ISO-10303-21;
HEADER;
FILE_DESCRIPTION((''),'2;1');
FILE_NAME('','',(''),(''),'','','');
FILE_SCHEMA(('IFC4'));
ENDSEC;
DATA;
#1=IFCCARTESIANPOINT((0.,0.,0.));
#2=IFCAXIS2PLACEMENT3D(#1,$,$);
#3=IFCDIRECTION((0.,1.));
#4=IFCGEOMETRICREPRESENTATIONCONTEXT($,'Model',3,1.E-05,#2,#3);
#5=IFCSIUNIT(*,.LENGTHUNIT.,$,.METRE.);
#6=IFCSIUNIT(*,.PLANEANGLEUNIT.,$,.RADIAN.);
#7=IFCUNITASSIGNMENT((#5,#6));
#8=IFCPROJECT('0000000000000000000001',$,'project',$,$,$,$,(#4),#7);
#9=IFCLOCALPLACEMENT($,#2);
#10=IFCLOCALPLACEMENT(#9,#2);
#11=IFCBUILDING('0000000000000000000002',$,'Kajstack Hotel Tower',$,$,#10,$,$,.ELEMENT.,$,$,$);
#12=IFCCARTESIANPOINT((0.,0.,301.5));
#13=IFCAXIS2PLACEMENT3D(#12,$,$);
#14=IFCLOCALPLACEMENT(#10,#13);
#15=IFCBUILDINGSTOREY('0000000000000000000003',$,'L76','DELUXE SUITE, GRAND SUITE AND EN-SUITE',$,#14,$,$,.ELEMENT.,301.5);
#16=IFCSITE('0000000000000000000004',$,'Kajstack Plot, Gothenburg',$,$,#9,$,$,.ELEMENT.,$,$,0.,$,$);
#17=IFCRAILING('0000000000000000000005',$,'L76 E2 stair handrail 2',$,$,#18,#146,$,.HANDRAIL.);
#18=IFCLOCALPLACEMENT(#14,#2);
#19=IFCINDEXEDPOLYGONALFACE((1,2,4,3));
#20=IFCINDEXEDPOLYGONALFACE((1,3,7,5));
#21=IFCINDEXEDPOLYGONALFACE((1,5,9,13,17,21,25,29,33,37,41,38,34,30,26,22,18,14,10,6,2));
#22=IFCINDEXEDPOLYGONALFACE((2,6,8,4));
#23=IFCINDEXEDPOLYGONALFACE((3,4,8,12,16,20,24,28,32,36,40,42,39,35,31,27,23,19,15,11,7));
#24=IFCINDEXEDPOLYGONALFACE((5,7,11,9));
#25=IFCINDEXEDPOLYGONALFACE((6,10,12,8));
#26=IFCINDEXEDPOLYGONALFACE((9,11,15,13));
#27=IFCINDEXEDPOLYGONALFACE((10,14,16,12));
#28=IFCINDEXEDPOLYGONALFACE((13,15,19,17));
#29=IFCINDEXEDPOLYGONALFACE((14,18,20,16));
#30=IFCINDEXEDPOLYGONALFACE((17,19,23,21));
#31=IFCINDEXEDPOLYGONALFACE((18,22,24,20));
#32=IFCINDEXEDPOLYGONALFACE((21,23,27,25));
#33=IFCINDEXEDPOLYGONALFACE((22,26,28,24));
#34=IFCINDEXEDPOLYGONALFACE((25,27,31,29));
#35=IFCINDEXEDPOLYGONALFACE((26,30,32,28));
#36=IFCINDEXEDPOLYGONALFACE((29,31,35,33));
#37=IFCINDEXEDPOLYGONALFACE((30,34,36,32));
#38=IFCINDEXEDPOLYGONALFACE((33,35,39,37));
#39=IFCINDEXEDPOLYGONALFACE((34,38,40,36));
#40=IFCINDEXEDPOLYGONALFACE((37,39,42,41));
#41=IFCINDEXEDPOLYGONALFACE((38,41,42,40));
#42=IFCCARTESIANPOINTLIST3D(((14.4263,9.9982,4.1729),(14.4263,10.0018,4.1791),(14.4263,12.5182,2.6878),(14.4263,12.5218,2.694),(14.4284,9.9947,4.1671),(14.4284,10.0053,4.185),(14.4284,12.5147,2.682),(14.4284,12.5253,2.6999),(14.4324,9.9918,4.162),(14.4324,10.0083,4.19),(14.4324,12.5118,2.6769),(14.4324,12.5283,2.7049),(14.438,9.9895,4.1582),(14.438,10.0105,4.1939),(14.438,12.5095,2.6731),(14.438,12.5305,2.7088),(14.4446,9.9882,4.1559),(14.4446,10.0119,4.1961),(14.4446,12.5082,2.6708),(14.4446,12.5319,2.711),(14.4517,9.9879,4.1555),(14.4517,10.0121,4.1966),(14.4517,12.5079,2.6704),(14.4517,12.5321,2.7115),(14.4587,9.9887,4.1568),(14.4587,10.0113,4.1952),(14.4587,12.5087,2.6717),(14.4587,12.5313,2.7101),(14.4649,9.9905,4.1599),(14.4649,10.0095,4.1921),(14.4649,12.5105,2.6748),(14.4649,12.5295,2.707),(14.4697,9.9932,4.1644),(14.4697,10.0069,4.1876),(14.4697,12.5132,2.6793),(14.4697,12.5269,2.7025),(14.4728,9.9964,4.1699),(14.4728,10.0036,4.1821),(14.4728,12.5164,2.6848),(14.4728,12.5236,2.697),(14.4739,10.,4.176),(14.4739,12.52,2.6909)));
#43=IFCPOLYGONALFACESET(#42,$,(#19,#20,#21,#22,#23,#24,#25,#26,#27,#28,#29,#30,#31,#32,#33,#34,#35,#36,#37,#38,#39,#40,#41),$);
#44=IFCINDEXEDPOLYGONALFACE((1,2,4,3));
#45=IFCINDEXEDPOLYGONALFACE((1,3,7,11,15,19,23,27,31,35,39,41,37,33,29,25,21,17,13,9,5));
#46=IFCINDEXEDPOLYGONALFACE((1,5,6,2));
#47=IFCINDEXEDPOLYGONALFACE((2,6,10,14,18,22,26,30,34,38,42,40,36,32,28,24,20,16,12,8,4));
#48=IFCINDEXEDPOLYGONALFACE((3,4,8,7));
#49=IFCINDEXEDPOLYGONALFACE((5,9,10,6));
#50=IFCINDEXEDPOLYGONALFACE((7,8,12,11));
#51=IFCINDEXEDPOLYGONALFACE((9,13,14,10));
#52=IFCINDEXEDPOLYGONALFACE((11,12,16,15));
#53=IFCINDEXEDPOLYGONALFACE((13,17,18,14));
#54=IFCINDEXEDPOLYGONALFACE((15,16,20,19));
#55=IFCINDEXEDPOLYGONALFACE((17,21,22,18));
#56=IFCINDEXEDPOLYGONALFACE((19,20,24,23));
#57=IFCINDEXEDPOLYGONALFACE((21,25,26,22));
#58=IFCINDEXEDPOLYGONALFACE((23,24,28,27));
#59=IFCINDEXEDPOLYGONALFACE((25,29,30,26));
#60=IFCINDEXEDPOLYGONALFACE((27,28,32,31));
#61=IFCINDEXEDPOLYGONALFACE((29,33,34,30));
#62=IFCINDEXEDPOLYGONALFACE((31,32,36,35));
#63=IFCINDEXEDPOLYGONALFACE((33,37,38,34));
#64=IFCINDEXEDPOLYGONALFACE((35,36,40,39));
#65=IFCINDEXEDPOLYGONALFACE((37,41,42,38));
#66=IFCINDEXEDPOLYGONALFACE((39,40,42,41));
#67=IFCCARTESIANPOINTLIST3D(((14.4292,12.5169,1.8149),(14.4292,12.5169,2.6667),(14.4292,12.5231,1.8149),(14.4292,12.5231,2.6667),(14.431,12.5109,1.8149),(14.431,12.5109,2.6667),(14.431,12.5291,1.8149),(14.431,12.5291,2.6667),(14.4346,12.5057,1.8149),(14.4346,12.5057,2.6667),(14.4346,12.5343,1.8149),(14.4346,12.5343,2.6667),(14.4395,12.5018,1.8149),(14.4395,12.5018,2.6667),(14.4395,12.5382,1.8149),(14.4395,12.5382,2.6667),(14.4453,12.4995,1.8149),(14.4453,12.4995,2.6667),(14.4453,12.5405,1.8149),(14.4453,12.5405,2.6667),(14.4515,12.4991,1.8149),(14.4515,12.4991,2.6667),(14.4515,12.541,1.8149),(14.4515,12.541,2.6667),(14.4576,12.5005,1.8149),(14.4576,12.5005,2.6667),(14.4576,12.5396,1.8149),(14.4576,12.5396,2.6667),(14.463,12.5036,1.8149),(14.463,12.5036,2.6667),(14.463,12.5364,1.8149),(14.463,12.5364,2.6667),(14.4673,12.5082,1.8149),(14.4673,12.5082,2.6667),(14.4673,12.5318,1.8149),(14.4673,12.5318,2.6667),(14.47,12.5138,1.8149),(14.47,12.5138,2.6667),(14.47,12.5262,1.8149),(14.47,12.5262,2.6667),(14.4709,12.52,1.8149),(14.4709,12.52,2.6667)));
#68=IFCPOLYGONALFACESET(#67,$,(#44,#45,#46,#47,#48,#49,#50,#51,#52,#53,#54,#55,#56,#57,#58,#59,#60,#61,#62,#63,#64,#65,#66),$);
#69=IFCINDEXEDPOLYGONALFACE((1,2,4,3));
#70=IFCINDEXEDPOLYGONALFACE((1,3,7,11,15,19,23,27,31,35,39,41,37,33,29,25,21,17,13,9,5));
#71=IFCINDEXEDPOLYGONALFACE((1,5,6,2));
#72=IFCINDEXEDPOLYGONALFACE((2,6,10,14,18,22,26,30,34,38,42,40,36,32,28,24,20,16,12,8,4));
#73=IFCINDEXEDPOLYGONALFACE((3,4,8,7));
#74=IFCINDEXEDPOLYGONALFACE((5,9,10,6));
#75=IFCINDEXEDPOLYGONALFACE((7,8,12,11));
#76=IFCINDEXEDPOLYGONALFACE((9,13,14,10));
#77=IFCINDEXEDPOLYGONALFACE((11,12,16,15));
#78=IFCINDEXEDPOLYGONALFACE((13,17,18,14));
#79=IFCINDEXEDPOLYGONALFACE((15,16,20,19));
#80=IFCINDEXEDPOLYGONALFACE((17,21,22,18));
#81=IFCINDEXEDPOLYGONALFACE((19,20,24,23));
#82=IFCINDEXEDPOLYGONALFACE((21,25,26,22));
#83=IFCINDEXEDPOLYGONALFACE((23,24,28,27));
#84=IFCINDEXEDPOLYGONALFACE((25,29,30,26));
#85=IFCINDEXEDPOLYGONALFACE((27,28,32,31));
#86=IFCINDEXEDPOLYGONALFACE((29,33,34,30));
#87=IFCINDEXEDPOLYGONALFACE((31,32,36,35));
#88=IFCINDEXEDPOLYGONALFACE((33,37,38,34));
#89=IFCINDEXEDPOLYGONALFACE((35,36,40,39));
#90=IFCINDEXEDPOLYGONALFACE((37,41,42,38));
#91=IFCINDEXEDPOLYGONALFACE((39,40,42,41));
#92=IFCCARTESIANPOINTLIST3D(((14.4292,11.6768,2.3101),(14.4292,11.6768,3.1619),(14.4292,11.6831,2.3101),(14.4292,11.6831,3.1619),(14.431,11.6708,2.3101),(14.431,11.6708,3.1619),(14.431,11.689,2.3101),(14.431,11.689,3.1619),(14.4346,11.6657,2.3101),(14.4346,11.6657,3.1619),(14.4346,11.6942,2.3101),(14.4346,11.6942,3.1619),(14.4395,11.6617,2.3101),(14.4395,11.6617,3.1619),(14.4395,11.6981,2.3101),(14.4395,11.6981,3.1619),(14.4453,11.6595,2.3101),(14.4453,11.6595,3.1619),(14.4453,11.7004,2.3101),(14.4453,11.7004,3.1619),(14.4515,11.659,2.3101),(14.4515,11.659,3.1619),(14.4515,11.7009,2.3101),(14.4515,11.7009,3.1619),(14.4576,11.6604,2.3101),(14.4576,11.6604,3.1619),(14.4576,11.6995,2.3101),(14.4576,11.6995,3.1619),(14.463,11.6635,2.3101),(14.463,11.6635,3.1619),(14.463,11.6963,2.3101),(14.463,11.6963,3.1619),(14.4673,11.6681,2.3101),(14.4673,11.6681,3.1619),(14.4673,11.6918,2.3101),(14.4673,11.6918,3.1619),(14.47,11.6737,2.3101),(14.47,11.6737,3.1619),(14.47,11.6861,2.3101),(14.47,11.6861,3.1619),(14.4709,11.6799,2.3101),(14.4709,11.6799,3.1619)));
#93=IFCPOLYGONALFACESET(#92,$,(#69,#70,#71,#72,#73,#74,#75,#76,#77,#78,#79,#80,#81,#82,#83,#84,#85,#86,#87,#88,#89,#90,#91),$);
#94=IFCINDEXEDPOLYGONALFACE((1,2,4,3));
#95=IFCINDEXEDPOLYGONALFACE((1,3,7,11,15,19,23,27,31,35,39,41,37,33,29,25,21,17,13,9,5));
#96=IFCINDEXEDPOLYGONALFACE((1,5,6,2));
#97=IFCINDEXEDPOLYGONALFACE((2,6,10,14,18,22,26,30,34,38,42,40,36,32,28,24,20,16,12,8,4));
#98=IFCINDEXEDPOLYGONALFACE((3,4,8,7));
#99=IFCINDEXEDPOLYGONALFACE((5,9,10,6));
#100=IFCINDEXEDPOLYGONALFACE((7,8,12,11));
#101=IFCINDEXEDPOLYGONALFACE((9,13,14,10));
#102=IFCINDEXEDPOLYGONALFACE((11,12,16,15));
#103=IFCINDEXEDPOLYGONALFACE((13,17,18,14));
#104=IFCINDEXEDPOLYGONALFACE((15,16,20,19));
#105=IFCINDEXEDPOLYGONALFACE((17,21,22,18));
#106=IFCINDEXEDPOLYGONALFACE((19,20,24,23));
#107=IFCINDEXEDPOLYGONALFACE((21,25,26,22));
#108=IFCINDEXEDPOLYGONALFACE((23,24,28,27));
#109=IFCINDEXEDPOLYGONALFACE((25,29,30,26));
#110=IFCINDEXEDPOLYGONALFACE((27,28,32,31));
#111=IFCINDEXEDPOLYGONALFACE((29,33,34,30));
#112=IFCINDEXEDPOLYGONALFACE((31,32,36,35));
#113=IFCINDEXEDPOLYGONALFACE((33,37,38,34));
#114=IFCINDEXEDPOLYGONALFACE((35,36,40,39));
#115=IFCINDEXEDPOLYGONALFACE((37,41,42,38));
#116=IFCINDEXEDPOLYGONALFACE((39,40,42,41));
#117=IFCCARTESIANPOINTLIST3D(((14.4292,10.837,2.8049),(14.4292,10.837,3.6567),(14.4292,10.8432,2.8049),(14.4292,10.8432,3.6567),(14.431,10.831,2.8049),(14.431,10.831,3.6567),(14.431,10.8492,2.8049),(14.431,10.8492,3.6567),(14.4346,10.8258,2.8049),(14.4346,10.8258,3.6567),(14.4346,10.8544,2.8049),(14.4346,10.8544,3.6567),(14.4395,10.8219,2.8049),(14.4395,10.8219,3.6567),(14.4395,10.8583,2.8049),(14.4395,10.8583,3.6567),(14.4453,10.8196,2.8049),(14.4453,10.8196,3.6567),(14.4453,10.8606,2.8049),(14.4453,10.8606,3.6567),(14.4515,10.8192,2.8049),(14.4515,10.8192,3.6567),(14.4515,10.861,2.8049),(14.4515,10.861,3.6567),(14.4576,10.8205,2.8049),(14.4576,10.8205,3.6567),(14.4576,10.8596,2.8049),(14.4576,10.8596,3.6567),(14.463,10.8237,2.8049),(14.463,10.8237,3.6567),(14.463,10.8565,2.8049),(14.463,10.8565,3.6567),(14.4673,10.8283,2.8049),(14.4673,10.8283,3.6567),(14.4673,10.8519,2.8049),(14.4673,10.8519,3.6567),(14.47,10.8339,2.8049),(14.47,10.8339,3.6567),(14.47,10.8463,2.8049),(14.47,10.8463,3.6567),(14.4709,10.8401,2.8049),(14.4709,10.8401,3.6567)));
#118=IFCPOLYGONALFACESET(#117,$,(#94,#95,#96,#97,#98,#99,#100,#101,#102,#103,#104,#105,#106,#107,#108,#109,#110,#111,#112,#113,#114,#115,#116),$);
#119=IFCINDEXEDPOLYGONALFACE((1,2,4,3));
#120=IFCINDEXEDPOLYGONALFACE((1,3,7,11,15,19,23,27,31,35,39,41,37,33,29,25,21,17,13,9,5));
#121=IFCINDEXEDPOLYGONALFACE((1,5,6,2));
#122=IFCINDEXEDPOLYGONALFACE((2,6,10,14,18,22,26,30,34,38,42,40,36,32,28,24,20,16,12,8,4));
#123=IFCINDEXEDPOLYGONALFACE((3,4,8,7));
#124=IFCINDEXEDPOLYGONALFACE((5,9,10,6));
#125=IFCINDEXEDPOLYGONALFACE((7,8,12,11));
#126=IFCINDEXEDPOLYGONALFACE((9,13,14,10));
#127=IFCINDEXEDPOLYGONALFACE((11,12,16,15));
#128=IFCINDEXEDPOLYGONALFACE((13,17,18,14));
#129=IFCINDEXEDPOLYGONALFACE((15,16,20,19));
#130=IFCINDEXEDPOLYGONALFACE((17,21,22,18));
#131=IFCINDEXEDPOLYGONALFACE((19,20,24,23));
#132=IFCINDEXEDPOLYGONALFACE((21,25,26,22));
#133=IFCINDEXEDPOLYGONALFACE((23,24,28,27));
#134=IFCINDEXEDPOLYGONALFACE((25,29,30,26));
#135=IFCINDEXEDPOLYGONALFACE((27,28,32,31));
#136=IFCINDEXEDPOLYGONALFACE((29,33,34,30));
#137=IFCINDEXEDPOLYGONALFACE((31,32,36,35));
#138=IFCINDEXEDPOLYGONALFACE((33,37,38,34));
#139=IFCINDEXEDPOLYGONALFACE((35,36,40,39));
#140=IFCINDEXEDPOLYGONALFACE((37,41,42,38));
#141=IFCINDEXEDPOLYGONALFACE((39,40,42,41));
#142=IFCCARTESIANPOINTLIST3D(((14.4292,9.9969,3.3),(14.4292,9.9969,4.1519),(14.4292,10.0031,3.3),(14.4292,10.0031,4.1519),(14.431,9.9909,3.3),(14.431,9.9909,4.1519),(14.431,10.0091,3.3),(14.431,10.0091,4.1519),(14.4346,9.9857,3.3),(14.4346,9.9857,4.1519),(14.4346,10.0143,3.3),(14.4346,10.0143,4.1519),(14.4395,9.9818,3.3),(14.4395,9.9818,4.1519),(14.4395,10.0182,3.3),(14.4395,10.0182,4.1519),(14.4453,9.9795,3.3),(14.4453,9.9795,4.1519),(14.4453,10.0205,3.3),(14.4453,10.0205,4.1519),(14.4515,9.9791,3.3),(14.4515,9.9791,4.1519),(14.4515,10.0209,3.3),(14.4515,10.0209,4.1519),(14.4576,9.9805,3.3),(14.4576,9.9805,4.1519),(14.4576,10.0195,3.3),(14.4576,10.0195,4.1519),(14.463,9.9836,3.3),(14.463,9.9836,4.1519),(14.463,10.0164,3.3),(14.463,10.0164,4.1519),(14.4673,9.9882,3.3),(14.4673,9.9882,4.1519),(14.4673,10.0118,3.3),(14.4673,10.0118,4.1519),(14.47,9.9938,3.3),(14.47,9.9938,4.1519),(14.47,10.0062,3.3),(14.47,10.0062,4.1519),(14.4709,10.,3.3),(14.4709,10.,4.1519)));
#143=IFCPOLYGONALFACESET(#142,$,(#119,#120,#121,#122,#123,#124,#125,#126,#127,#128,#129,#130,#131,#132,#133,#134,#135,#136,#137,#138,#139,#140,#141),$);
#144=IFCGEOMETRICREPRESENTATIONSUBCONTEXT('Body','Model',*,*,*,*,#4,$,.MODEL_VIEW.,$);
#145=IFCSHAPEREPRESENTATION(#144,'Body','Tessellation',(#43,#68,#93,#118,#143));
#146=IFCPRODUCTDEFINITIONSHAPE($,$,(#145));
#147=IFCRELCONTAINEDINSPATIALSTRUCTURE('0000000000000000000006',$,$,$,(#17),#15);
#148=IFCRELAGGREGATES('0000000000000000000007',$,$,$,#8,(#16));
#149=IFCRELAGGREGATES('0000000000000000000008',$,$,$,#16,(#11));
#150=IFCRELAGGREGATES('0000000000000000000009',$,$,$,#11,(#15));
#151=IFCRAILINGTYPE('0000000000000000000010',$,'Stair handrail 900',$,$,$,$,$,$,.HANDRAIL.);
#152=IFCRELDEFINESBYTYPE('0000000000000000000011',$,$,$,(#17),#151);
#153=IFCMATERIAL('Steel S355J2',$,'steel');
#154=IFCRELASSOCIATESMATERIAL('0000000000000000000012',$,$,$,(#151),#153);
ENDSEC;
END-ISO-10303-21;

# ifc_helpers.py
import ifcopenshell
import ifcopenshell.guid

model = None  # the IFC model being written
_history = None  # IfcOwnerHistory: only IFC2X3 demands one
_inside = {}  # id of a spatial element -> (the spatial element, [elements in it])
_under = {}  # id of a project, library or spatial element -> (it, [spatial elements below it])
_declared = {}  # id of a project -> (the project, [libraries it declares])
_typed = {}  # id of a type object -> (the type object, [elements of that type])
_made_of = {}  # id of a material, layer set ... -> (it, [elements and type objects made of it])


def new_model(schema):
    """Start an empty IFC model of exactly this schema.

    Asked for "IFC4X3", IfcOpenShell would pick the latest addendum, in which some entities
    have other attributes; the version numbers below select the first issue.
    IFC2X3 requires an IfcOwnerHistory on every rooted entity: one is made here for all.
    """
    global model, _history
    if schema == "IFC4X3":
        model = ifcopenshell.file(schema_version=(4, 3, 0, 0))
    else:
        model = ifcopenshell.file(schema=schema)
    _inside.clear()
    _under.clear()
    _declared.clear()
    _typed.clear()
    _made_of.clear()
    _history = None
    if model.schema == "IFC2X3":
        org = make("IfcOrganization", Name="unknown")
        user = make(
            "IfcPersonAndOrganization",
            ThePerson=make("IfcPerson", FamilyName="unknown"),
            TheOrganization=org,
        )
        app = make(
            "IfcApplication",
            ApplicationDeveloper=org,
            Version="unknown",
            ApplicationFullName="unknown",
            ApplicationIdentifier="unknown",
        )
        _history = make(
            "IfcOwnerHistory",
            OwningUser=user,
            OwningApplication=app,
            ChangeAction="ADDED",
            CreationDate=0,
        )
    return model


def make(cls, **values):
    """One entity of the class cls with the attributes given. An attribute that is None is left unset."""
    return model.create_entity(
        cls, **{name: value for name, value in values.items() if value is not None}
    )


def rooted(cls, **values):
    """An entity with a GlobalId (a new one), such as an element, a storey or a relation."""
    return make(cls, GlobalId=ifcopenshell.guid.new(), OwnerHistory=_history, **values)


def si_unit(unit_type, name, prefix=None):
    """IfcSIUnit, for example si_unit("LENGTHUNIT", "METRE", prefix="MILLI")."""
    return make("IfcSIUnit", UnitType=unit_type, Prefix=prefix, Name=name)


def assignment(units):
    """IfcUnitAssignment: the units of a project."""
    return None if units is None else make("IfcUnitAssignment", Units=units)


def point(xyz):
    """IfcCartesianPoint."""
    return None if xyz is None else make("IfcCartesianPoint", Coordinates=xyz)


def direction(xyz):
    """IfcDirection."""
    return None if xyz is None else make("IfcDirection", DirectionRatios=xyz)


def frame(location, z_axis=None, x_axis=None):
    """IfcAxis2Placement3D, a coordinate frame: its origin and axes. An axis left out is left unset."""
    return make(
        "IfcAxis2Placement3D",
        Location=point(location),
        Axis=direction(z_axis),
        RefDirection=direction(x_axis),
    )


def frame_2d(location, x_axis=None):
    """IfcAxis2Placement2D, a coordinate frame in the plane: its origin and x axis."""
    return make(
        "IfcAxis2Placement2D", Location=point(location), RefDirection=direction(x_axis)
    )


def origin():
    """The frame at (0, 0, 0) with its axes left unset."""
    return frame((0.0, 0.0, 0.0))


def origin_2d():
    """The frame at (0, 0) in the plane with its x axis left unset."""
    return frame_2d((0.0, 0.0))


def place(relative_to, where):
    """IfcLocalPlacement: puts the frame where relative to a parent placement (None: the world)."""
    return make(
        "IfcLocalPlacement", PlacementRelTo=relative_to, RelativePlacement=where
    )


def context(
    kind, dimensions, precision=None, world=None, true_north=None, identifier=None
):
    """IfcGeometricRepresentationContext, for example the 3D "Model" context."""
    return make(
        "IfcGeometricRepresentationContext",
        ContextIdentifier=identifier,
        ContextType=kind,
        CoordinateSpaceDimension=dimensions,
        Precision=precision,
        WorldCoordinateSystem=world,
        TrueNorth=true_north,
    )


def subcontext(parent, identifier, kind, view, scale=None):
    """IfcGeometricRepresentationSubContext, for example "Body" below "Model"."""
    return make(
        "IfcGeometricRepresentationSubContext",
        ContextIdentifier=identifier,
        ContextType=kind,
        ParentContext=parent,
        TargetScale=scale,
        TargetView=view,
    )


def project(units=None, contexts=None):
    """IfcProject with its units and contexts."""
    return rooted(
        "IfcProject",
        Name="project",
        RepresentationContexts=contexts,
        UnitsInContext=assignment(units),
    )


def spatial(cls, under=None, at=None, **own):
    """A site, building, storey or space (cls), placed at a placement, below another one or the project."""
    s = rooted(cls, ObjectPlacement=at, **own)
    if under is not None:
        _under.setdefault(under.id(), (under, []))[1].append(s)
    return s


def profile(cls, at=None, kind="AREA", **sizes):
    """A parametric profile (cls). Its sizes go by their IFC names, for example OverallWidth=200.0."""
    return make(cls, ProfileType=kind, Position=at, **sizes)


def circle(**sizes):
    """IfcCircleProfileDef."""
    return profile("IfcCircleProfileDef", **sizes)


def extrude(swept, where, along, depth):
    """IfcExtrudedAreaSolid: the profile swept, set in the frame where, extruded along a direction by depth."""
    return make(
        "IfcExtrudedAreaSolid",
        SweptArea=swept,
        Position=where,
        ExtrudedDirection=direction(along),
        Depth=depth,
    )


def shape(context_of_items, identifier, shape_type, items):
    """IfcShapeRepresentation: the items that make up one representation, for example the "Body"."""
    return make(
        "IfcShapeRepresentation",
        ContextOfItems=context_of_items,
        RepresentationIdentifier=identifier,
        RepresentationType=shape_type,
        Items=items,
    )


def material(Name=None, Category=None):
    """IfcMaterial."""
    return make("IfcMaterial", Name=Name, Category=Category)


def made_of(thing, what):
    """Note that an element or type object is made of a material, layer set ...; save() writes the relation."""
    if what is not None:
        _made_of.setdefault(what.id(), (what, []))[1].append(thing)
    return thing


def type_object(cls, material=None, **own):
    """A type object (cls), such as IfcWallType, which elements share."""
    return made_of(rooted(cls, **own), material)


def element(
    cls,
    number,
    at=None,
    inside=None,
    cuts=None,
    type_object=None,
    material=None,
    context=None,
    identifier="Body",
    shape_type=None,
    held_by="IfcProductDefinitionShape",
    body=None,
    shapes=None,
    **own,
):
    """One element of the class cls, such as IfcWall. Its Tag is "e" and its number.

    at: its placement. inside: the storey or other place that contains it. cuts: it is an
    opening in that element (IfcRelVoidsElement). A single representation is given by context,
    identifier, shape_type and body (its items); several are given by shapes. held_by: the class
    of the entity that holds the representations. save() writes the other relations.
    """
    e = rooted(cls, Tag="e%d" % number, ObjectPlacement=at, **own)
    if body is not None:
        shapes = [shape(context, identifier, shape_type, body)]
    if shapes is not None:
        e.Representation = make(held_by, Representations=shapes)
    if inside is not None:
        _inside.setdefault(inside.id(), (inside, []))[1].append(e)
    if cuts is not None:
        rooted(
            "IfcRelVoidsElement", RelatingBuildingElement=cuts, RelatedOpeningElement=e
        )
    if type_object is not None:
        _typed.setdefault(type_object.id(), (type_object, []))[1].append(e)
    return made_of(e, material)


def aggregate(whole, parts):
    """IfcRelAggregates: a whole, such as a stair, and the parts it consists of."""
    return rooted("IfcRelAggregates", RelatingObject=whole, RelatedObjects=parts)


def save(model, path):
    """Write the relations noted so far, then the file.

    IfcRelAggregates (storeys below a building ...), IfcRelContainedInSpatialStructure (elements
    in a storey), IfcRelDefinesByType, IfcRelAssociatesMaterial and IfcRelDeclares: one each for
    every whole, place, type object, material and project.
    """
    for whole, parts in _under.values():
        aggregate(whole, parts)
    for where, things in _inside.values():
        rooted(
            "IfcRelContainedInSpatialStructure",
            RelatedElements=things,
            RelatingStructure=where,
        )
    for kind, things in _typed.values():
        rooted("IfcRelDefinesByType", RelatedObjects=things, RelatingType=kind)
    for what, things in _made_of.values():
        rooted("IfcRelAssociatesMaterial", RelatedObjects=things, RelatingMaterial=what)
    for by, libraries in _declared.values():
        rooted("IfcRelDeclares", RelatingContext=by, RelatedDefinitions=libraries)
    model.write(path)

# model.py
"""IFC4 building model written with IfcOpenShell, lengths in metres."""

from ifc_helpers import new_model, si_unit, direction, frame, origin, origin_2d, place, context, subcontext, project, spatial, circle, extrude, material, type_object, element, save


model = new_model("IFC4")

# Units and contexts
model_context = context("Model", 3, precision=1e-05, world=origin(), true_north=direction((0.0, 1.0)))
body_context = subcontext(model_context, "Body", "Model", "MODEL_VIEW")
ifc_project = project(units=[si_unit("LENGTHUNIT", "METRE"), si_unit("PLANEANGLEUNIT", "RADIAN")], contexts=[model_context])

# Site, building, storey
site_placement = place(None, origin())
site = spatial("IfcSite", under=ifc_project, at=site_placement, Name="Kajstack Plot, Gothenburg", CompositionType="ELEMENT", RefElevation=0.0)
building_placement = place(site_placement, origin())
building = spatial("IfcBuilding", under=site, at=building_placement, Name="Kajstack Hotel Tower", CompositionType="ELEMENT")
storey_placement = place(building_placement, frame((0.0, 0.0, 301.5)))
storey = spatial("IfcBuildingStorey", under=building, at=storey_placement, Name="L76", Description="DELUXE SUITE, GRAND SUITE AND EN-SUITE", CompositionType="ELEMENT", Elevation=301.5)

# Railing
ifc_material_1 = material(Name="Steel S355J2", Category="steel")
railing_type = type_object("IfcRailingType", Name="Stair handrail 900", PredefinedType="HANDRAIL", material=ifc_material_1)
railing_1_placement = place(storey_placement, frame((14.45, 12.52, 1.8149)))
element("IfcRailing", 1, at=railing_1_placement, inside=storey, type_object=railing_type, Name="L76 E2 stair handrail 2", PredefinedType="HANDRAIL", context=body_context, shape_type="SweptSolid", body=[
    extrude(circle(Radius=0.0239, at=origin_2d()), frame((0.0, 0.0, 0.876), z_axis=(0.0, -0.861524, 0.507717), x_axis=(1.0, 0.0, 0.0)), (0.0, 0.0, 1.0), 2.925),
    extrude(circle(Radius=0.021, at=origin_2d()), origin(), (0.0, 0.0, 1.0), 0.8518),
    extrude(circle(Radius=0.021, at=origin_2d()), frame((0.0, -0.8401, 0.4951)), (0.0, 0.0, 1.0), 0.8518),
    extrude(circle(Radius=0.021, at=origin_2d()), frame((0.0, -1.6799, 0.99)), (0.0, 0.0, 1.0), 0.8518),
    extrude(circle(Radius=0.021, at=origin_2d()), frame((0.0, -2.52, 1.4851)), (0.0, 0.0, 1.0), 0.8518),
])

save(model, "model.ifc")
